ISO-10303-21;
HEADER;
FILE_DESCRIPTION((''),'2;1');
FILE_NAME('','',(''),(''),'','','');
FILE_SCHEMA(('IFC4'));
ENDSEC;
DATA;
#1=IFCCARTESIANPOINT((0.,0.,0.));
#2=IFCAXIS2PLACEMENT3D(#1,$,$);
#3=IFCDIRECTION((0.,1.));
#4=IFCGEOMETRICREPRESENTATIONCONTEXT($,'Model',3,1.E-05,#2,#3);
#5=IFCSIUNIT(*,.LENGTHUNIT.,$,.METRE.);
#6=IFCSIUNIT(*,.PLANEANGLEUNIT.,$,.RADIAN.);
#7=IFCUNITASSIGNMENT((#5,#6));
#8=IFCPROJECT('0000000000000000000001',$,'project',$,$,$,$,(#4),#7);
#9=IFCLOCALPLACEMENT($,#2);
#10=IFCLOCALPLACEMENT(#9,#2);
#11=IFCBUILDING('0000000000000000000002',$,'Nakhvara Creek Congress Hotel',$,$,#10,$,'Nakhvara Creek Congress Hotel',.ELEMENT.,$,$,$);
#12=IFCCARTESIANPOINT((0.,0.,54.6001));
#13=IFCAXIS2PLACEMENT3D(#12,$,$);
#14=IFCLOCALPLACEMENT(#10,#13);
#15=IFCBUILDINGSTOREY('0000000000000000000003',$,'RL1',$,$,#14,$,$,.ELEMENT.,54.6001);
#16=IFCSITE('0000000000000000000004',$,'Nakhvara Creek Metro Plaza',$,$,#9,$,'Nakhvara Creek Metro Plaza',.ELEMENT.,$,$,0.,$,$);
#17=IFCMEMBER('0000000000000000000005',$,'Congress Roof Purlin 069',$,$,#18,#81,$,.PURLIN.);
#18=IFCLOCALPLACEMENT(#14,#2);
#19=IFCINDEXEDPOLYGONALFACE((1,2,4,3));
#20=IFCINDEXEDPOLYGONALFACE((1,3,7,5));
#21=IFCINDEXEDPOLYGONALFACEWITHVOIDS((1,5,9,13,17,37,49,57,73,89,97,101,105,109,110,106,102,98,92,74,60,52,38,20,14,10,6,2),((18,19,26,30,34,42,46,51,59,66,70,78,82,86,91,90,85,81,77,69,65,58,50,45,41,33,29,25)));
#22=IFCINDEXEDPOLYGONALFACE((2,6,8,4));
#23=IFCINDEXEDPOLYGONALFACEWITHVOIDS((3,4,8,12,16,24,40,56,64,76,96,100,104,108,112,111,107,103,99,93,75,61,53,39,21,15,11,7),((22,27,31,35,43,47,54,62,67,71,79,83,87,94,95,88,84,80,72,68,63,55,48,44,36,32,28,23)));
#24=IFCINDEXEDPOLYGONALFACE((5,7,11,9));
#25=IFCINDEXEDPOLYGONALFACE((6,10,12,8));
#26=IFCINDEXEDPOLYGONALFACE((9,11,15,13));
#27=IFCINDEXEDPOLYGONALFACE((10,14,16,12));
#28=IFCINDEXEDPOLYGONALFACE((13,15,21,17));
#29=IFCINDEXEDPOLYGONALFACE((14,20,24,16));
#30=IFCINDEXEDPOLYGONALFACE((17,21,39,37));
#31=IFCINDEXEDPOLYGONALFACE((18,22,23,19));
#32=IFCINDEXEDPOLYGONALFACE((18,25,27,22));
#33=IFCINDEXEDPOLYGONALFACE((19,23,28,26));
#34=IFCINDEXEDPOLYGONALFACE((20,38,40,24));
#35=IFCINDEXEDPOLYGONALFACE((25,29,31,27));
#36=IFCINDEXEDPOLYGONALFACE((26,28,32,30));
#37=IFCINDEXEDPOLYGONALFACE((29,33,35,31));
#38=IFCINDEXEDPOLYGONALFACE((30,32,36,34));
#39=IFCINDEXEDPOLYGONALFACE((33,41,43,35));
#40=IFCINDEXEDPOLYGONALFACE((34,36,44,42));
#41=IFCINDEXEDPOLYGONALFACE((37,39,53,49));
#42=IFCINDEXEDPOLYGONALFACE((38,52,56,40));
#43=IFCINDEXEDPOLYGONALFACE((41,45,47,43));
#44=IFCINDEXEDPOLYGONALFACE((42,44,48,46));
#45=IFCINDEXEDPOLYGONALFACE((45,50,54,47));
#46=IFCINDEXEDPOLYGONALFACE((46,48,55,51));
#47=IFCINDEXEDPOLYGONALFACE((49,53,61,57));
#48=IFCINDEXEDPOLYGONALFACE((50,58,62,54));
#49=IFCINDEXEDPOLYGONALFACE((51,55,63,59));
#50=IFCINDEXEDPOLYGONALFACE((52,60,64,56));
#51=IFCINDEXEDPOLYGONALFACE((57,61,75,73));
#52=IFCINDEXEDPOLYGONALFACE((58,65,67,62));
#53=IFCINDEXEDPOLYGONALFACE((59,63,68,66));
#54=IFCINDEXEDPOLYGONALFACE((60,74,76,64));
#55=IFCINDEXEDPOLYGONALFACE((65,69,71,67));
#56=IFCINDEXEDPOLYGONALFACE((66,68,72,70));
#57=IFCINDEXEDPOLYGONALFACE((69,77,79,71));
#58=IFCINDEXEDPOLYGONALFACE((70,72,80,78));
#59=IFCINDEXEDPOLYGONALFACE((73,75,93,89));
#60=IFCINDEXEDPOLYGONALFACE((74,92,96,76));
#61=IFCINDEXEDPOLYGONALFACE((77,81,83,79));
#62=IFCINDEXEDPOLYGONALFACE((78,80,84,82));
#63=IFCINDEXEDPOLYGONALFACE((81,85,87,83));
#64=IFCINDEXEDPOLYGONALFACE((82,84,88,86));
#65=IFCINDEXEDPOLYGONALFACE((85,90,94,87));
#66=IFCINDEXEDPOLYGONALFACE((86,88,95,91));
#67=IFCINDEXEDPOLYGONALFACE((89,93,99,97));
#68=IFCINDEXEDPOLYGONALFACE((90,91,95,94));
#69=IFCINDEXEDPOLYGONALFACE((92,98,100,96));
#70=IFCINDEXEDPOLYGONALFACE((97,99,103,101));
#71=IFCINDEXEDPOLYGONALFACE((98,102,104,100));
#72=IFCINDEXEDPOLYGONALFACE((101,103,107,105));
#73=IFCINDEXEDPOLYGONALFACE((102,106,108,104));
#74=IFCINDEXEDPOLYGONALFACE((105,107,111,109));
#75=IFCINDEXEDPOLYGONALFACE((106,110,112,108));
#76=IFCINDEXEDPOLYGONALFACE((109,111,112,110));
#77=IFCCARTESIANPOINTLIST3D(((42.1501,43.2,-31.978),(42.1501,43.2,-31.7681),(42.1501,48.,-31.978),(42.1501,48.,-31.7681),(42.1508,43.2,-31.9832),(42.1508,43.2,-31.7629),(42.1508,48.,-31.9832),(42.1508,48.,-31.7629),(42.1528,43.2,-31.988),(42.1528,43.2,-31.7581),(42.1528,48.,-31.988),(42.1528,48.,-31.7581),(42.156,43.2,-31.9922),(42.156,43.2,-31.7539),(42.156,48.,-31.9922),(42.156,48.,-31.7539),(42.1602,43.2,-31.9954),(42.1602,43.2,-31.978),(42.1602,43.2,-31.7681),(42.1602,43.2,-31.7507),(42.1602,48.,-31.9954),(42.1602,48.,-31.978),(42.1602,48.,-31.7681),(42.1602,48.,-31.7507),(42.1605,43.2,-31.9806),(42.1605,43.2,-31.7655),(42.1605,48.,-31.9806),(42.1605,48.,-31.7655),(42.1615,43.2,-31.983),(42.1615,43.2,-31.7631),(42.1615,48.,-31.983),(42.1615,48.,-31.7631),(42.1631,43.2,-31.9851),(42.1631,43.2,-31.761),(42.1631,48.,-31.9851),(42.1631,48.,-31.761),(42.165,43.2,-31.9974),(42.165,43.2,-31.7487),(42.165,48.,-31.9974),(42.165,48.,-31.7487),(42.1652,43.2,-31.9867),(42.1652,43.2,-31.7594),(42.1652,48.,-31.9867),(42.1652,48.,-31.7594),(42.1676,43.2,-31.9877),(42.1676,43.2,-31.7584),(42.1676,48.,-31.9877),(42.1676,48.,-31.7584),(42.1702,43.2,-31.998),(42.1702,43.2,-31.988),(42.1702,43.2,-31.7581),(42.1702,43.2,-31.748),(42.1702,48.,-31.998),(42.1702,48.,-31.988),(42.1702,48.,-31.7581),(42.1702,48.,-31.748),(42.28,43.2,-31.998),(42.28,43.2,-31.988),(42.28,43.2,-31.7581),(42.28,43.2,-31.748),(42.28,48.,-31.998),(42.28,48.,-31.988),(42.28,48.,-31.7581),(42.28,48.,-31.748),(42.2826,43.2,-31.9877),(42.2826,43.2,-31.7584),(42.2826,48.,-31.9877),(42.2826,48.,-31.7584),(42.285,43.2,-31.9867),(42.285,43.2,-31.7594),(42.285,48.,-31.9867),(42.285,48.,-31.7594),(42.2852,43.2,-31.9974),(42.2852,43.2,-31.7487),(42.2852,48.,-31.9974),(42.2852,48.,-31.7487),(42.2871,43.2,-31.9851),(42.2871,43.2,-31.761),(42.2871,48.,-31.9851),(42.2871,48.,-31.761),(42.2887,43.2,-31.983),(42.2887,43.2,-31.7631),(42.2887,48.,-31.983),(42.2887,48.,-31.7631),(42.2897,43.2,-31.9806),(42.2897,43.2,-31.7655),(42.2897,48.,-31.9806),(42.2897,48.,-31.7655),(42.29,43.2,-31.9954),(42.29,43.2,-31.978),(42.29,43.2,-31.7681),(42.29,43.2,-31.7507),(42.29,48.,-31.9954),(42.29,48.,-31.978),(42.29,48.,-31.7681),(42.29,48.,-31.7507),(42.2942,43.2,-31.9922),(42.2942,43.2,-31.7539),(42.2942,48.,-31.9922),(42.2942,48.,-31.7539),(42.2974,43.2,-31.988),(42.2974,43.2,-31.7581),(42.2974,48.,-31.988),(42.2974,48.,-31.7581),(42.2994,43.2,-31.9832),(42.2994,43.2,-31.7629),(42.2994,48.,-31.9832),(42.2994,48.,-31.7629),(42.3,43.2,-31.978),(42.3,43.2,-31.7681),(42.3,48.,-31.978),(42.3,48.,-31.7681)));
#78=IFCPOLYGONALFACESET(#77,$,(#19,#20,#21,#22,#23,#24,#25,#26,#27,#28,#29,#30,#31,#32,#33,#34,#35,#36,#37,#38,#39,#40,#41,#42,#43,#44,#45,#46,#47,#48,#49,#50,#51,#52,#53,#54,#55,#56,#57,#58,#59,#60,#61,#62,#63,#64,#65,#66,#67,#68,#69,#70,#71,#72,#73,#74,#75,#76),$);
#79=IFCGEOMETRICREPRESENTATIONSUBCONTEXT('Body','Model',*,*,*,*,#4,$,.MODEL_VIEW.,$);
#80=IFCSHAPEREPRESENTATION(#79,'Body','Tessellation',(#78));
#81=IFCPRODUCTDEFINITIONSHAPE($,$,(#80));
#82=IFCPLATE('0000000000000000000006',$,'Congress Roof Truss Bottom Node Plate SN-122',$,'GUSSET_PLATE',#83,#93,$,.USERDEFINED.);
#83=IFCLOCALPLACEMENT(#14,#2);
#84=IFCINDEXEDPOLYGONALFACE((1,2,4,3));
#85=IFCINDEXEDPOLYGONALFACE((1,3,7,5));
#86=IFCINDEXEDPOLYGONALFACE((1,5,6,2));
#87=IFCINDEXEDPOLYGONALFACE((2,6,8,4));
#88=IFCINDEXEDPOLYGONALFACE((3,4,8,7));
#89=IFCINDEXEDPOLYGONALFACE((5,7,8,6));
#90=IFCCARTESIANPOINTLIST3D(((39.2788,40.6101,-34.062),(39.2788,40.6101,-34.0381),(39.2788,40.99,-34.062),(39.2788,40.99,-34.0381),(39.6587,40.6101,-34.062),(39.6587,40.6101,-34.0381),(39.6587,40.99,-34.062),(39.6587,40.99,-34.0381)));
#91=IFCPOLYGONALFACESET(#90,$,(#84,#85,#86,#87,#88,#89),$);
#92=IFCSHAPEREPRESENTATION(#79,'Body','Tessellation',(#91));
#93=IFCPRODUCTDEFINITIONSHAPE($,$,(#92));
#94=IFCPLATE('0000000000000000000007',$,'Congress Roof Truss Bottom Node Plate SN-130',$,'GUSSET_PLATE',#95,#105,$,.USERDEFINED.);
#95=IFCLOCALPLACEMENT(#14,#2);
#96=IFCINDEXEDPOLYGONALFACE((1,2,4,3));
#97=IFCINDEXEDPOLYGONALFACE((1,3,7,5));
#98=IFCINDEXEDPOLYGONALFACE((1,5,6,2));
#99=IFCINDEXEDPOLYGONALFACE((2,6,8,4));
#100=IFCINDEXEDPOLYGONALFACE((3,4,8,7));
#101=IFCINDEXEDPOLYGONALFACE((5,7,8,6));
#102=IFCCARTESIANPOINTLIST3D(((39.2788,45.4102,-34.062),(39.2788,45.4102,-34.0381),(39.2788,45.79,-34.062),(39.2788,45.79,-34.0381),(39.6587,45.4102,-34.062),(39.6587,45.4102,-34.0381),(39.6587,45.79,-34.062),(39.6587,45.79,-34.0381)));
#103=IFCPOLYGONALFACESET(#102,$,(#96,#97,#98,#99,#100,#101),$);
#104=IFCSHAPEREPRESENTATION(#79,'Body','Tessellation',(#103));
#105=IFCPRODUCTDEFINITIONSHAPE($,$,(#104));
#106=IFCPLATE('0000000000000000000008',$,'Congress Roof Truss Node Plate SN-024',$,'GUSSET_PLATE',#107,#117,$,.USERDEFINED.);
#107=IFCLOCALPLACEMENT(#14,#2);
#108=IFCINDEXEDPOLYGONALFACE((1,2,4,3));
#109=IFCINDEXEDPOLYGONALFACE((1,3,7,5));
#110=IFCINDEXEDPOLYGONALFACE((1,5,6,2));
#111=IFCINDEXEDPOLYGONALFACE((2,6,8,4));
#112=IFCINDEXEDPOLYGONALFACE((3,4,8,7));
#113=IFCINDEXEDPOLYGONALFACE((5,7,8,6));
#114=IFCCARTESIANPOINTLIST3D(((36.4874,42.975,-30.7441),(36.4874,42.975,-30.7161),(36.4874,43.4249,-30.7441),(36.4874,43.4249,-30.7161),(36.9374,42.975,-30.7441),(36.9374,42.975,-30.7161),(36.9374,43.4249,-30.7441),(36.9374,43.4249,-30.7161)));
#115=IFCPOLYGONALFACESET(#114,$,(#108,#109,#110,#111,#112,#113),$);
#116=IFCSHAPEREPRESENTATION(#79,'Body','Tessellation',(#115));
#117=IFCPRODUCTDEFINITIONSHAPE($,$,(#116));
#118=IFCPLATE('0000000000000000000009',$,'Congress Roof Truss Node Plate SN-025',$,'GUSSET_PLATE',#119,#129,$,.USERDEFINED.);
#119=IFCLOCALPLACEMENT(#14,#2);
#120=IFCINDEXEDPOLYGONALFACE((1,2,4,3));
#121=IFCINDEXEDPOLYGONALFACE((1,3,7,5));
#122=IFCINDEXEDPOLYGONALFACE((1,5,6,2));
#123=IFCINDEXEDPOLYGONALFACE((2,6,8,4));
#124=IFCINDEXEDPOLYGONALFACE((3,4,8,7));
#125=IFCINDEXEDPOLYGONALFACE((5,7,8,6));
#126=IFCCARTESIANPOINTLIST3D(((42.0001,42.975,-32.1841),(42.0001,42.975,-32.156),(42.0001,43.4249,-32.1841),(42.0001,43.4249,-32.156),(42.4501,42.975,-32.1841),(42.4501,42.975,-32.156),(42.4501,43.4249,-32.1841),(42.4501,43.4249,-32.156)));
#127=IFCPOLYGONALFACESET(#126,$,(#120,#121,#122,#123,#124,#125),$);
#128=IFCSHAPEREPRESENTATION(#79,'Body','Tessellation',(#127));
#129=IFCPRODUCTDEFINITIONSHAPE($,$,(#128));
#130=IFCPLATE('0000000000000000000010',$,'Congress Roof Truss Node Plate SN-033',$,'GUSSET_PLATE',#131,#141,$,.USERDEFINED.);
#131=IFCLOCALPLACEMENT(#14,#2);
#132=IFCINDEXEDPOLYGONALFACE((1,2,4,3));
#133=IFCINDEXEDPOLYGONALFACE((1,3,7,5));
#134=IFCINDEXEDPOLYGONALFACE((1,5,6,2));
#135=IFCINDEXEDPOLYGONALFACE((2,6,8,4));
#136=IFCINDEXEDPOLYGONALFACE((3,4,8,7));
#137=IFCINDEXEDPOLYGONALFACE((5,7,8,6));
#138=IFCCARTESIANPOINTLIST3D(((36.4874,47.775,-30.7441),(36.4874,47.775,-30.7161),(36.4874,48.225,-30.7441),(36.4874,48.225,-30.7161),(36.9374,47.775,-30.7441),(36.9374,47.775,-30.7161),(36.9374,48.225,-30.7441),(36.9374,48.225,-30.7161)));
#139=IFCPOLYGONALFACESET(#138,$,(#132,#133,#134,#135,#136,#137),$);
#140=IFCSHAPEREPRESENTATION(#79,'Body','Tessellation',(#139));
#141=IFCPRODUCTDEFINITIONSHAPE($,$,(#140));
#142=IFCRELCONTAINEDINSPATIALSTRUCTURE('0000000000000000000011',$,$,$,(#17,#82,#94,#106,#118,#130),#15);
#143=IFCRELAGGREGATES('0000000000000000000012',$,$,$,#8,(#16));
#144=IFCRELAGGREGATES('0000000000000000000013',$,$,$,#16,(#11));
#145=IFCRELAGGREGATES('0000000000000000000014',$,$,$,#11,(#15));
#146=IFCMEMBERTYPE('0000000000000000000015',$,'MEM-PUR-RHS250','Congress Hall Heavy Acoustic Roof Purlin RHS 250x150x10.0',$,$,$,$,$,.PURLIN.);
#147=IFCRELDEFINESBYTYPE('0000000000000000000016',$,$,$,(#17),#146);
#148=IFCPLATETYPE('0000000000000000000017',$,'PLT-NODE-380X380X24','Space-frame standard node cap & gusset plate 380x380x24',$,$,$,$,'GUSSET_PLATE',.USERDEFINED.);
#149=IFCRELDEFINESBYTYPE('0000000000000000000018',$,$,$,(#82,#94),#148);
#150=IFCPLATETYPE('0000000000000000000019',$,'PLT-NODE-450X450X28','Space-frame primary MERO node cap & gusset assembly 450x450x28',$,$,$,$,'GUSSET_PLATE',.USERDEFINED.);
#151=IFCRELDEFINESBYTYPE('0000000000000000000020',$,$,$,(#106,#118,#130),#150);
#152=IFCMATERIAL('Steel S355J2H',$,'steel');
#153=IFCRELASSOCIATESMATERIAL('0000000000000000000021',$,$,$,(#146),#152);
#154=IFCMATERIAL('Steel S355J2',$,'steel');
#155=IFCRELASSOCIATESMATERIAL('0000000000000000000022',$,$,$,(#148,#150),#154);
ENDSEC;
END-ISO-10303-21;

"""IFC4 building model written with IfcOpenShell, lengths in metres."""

from ifc_helpers import new_model, si_unit, direction, frame, origin, origin_2d, place, context, subcontext, project, spatial, rectangle, hollow_rectangle, extrude, material, material_profile, profile_set, type_object, element, save


model = new_model("IFC4")

# Units and contexts
model_context = context("Model", 3, precision=1e-05, world=origin(), true_north=direction((0.0, 1.0)))
body_context = subcontext(model_context, "Body", "Model", "MODEL_VIEW")
ifc_project = project(units=[si_unit("LENGTHUNIT", "METRE"), si_unit("PLANEANGLEUNIT", "RADIAN")], contexts=[model_context])

# Site, building, storey
site_placement = place(None, origin())
site = spatial("IfcSite", under=ifc_project, at=site_placement, Name="Nakhvara Creek Metro Plaza", LongName="Nakhvara Creek Metro Plaza", CompositionType="ELEMENT", RefElevation=0.0)
building_placement = place(site_placement, origin())
building = spatial("IfcBuilding", under=site, at=building_placement, Name="Nakhvara Creek Congress Hotel", LongName="Nakhvara Creek Congress Hotel", CompositionType="ELEMENT")
storey_placement = place(building_placement, frame((0.0, 0.0, 54.6001)))
storey = spatial("IfcBuildingStorey", under=building, at=storey_placement, Name="RL1", CompositionType="ELEMENT", Elevation=54.6001)

# Member
ifc_material_1 = material(Name="Steel S355J2H", Category="steel")
ifc_material_profile_1 = material_profile(ifc_material_1, hollow_rectangle(XDim=0.1499, YDim=0.25, WallThickness=0.01, InnerFilletRadius=0.01, OuterFilletRadius=0.02, at=origin_2d()), Name="RHS 250x150x10.0", Category="LoadBearing")
ifc_profile_set_1 = profile_set([ifc_material_profile_1], Name="Steel S355J2H")
member_type_1 = type_object("IfcMemberType", Name="MEM-PUR-RHS250", Description="Congress Hall Heavy Acoustic Roof Purlin RHS 250x150x10.0", PredefinedType="PURLIN", material=ifc_profile_set_1)
for number, where, z_axis, x_axis, name in (
    (1, (42.2251, 43.2, -31.873), (0.0, 1.0, 0.0), (-1.0, 0.0, 0.0), "Congress Roof Purlin 069"),
):
    element("IfcMember", number, at=place(storey_placement, frame(where, z_axis=z_axis, x_axis=x_axis)), inside=storey, type_object=member_type_1, Name=name, PredefinedType="PURLIN", context=body_context, shape_type="SweptSolid", body=[
        extrude(hollow_rectangle(XDim=0.1499, YDim=0.25, WallThickness=0.01, InnerFilletRadius=0.01, OuterFilletRadius=0.02, at=origin_2d()), origin(), (0.0, 0.0, 1.0), 4.8),
    ])

# Plates
ifc_material_2 = material(Name="Steel S355J2", Category="steel")
plate_type_1 = type_object("IfcPlateType", Name="PLT-NODE-380X380X24", Description="Space-frame standard node cap & gusset plate 380x380x24", ElementType="GUSSET_PLATE", PredefinedType="USERDEFINED", material=ifc_material_2)
for number, where, z_axis, x_axis, name in (
    (2, (39.4688, 40.8, -34.062), (0.0, 0.0, 1.0), (1.0, 0.0, 0.0), "Congress Roof Truss Bottom Node Plate SN-122"),
    (3, (39.4688, 45.6001, -34.062), (0.0, 0.0, 1.0), (1.0, 0.0, 0.0), "Congress Roof Truss Bottom Node Plate SN-130"),
):
    element("IfcPlate", number, at=place(storey_placement, frame(where, z_axis=z_axis, x_axis=x_axis)), inside=storey, type_object=plate_type_1, Name=name, ObjectType="GUSSET_PLATE", PredefinedType="USERDEFINED", context=body_context, shape_type="SweptSolid", body=[
        extrude(rectangle(XDim=0.3799, YDim=0.3799, at=origin_2d()), origin(), (0.0, 0.0, 1.0), 0.0239),
    ])
plate_type_2 = type_object("IfcPlateType", Name="PLT-NODE-450X450X28", Description="Space-frame primary MERO node cap & gusset assembly 450x450x28", ElementType="GUSSET_PLATE", PredefinedType="USERDEFINED", material=ifc_material_2)
for number, where, z_axis, x_axis, name in (
    (4, (36.7124, 43.2, -30.7441), (0.0, 0.0, 1.0), (1.0, 0.0, 0.0), "Congress Roof Truss Node Plate SN-024"),
    (5, (42.2251, 43.2, -32.1841), (0.0, 0.0, 1.0), (1.0, 0.0, 0.0), "Congress Roof Truss Node Plate SN-025"),
    (6, (36.7124, 48.0, -30.7441), (0.0, 0.0, 1.0), (1.0, 0.0, 0.0), "Congress Roof Truss Node Plate SN-033"),
):
    element("IfcPlate", number, at=place(storey_placement, frame(where, z_axis=z_axis, x_axis=x_axis)), inside=storey, type_object=plate_type_2, Name=name, ObjectType="GUSSET_PLATE", PredefinedType="USERDEFINED", context=body_context, shape_type="SweptSolid", body=[
        extrude(rectangle(XDim=0.45, YDim=0.45, at=origin_2d()), origin(), (0.0, 0.0, 1.0), 0.0281),
    ])

save(model, "model.ifc")
